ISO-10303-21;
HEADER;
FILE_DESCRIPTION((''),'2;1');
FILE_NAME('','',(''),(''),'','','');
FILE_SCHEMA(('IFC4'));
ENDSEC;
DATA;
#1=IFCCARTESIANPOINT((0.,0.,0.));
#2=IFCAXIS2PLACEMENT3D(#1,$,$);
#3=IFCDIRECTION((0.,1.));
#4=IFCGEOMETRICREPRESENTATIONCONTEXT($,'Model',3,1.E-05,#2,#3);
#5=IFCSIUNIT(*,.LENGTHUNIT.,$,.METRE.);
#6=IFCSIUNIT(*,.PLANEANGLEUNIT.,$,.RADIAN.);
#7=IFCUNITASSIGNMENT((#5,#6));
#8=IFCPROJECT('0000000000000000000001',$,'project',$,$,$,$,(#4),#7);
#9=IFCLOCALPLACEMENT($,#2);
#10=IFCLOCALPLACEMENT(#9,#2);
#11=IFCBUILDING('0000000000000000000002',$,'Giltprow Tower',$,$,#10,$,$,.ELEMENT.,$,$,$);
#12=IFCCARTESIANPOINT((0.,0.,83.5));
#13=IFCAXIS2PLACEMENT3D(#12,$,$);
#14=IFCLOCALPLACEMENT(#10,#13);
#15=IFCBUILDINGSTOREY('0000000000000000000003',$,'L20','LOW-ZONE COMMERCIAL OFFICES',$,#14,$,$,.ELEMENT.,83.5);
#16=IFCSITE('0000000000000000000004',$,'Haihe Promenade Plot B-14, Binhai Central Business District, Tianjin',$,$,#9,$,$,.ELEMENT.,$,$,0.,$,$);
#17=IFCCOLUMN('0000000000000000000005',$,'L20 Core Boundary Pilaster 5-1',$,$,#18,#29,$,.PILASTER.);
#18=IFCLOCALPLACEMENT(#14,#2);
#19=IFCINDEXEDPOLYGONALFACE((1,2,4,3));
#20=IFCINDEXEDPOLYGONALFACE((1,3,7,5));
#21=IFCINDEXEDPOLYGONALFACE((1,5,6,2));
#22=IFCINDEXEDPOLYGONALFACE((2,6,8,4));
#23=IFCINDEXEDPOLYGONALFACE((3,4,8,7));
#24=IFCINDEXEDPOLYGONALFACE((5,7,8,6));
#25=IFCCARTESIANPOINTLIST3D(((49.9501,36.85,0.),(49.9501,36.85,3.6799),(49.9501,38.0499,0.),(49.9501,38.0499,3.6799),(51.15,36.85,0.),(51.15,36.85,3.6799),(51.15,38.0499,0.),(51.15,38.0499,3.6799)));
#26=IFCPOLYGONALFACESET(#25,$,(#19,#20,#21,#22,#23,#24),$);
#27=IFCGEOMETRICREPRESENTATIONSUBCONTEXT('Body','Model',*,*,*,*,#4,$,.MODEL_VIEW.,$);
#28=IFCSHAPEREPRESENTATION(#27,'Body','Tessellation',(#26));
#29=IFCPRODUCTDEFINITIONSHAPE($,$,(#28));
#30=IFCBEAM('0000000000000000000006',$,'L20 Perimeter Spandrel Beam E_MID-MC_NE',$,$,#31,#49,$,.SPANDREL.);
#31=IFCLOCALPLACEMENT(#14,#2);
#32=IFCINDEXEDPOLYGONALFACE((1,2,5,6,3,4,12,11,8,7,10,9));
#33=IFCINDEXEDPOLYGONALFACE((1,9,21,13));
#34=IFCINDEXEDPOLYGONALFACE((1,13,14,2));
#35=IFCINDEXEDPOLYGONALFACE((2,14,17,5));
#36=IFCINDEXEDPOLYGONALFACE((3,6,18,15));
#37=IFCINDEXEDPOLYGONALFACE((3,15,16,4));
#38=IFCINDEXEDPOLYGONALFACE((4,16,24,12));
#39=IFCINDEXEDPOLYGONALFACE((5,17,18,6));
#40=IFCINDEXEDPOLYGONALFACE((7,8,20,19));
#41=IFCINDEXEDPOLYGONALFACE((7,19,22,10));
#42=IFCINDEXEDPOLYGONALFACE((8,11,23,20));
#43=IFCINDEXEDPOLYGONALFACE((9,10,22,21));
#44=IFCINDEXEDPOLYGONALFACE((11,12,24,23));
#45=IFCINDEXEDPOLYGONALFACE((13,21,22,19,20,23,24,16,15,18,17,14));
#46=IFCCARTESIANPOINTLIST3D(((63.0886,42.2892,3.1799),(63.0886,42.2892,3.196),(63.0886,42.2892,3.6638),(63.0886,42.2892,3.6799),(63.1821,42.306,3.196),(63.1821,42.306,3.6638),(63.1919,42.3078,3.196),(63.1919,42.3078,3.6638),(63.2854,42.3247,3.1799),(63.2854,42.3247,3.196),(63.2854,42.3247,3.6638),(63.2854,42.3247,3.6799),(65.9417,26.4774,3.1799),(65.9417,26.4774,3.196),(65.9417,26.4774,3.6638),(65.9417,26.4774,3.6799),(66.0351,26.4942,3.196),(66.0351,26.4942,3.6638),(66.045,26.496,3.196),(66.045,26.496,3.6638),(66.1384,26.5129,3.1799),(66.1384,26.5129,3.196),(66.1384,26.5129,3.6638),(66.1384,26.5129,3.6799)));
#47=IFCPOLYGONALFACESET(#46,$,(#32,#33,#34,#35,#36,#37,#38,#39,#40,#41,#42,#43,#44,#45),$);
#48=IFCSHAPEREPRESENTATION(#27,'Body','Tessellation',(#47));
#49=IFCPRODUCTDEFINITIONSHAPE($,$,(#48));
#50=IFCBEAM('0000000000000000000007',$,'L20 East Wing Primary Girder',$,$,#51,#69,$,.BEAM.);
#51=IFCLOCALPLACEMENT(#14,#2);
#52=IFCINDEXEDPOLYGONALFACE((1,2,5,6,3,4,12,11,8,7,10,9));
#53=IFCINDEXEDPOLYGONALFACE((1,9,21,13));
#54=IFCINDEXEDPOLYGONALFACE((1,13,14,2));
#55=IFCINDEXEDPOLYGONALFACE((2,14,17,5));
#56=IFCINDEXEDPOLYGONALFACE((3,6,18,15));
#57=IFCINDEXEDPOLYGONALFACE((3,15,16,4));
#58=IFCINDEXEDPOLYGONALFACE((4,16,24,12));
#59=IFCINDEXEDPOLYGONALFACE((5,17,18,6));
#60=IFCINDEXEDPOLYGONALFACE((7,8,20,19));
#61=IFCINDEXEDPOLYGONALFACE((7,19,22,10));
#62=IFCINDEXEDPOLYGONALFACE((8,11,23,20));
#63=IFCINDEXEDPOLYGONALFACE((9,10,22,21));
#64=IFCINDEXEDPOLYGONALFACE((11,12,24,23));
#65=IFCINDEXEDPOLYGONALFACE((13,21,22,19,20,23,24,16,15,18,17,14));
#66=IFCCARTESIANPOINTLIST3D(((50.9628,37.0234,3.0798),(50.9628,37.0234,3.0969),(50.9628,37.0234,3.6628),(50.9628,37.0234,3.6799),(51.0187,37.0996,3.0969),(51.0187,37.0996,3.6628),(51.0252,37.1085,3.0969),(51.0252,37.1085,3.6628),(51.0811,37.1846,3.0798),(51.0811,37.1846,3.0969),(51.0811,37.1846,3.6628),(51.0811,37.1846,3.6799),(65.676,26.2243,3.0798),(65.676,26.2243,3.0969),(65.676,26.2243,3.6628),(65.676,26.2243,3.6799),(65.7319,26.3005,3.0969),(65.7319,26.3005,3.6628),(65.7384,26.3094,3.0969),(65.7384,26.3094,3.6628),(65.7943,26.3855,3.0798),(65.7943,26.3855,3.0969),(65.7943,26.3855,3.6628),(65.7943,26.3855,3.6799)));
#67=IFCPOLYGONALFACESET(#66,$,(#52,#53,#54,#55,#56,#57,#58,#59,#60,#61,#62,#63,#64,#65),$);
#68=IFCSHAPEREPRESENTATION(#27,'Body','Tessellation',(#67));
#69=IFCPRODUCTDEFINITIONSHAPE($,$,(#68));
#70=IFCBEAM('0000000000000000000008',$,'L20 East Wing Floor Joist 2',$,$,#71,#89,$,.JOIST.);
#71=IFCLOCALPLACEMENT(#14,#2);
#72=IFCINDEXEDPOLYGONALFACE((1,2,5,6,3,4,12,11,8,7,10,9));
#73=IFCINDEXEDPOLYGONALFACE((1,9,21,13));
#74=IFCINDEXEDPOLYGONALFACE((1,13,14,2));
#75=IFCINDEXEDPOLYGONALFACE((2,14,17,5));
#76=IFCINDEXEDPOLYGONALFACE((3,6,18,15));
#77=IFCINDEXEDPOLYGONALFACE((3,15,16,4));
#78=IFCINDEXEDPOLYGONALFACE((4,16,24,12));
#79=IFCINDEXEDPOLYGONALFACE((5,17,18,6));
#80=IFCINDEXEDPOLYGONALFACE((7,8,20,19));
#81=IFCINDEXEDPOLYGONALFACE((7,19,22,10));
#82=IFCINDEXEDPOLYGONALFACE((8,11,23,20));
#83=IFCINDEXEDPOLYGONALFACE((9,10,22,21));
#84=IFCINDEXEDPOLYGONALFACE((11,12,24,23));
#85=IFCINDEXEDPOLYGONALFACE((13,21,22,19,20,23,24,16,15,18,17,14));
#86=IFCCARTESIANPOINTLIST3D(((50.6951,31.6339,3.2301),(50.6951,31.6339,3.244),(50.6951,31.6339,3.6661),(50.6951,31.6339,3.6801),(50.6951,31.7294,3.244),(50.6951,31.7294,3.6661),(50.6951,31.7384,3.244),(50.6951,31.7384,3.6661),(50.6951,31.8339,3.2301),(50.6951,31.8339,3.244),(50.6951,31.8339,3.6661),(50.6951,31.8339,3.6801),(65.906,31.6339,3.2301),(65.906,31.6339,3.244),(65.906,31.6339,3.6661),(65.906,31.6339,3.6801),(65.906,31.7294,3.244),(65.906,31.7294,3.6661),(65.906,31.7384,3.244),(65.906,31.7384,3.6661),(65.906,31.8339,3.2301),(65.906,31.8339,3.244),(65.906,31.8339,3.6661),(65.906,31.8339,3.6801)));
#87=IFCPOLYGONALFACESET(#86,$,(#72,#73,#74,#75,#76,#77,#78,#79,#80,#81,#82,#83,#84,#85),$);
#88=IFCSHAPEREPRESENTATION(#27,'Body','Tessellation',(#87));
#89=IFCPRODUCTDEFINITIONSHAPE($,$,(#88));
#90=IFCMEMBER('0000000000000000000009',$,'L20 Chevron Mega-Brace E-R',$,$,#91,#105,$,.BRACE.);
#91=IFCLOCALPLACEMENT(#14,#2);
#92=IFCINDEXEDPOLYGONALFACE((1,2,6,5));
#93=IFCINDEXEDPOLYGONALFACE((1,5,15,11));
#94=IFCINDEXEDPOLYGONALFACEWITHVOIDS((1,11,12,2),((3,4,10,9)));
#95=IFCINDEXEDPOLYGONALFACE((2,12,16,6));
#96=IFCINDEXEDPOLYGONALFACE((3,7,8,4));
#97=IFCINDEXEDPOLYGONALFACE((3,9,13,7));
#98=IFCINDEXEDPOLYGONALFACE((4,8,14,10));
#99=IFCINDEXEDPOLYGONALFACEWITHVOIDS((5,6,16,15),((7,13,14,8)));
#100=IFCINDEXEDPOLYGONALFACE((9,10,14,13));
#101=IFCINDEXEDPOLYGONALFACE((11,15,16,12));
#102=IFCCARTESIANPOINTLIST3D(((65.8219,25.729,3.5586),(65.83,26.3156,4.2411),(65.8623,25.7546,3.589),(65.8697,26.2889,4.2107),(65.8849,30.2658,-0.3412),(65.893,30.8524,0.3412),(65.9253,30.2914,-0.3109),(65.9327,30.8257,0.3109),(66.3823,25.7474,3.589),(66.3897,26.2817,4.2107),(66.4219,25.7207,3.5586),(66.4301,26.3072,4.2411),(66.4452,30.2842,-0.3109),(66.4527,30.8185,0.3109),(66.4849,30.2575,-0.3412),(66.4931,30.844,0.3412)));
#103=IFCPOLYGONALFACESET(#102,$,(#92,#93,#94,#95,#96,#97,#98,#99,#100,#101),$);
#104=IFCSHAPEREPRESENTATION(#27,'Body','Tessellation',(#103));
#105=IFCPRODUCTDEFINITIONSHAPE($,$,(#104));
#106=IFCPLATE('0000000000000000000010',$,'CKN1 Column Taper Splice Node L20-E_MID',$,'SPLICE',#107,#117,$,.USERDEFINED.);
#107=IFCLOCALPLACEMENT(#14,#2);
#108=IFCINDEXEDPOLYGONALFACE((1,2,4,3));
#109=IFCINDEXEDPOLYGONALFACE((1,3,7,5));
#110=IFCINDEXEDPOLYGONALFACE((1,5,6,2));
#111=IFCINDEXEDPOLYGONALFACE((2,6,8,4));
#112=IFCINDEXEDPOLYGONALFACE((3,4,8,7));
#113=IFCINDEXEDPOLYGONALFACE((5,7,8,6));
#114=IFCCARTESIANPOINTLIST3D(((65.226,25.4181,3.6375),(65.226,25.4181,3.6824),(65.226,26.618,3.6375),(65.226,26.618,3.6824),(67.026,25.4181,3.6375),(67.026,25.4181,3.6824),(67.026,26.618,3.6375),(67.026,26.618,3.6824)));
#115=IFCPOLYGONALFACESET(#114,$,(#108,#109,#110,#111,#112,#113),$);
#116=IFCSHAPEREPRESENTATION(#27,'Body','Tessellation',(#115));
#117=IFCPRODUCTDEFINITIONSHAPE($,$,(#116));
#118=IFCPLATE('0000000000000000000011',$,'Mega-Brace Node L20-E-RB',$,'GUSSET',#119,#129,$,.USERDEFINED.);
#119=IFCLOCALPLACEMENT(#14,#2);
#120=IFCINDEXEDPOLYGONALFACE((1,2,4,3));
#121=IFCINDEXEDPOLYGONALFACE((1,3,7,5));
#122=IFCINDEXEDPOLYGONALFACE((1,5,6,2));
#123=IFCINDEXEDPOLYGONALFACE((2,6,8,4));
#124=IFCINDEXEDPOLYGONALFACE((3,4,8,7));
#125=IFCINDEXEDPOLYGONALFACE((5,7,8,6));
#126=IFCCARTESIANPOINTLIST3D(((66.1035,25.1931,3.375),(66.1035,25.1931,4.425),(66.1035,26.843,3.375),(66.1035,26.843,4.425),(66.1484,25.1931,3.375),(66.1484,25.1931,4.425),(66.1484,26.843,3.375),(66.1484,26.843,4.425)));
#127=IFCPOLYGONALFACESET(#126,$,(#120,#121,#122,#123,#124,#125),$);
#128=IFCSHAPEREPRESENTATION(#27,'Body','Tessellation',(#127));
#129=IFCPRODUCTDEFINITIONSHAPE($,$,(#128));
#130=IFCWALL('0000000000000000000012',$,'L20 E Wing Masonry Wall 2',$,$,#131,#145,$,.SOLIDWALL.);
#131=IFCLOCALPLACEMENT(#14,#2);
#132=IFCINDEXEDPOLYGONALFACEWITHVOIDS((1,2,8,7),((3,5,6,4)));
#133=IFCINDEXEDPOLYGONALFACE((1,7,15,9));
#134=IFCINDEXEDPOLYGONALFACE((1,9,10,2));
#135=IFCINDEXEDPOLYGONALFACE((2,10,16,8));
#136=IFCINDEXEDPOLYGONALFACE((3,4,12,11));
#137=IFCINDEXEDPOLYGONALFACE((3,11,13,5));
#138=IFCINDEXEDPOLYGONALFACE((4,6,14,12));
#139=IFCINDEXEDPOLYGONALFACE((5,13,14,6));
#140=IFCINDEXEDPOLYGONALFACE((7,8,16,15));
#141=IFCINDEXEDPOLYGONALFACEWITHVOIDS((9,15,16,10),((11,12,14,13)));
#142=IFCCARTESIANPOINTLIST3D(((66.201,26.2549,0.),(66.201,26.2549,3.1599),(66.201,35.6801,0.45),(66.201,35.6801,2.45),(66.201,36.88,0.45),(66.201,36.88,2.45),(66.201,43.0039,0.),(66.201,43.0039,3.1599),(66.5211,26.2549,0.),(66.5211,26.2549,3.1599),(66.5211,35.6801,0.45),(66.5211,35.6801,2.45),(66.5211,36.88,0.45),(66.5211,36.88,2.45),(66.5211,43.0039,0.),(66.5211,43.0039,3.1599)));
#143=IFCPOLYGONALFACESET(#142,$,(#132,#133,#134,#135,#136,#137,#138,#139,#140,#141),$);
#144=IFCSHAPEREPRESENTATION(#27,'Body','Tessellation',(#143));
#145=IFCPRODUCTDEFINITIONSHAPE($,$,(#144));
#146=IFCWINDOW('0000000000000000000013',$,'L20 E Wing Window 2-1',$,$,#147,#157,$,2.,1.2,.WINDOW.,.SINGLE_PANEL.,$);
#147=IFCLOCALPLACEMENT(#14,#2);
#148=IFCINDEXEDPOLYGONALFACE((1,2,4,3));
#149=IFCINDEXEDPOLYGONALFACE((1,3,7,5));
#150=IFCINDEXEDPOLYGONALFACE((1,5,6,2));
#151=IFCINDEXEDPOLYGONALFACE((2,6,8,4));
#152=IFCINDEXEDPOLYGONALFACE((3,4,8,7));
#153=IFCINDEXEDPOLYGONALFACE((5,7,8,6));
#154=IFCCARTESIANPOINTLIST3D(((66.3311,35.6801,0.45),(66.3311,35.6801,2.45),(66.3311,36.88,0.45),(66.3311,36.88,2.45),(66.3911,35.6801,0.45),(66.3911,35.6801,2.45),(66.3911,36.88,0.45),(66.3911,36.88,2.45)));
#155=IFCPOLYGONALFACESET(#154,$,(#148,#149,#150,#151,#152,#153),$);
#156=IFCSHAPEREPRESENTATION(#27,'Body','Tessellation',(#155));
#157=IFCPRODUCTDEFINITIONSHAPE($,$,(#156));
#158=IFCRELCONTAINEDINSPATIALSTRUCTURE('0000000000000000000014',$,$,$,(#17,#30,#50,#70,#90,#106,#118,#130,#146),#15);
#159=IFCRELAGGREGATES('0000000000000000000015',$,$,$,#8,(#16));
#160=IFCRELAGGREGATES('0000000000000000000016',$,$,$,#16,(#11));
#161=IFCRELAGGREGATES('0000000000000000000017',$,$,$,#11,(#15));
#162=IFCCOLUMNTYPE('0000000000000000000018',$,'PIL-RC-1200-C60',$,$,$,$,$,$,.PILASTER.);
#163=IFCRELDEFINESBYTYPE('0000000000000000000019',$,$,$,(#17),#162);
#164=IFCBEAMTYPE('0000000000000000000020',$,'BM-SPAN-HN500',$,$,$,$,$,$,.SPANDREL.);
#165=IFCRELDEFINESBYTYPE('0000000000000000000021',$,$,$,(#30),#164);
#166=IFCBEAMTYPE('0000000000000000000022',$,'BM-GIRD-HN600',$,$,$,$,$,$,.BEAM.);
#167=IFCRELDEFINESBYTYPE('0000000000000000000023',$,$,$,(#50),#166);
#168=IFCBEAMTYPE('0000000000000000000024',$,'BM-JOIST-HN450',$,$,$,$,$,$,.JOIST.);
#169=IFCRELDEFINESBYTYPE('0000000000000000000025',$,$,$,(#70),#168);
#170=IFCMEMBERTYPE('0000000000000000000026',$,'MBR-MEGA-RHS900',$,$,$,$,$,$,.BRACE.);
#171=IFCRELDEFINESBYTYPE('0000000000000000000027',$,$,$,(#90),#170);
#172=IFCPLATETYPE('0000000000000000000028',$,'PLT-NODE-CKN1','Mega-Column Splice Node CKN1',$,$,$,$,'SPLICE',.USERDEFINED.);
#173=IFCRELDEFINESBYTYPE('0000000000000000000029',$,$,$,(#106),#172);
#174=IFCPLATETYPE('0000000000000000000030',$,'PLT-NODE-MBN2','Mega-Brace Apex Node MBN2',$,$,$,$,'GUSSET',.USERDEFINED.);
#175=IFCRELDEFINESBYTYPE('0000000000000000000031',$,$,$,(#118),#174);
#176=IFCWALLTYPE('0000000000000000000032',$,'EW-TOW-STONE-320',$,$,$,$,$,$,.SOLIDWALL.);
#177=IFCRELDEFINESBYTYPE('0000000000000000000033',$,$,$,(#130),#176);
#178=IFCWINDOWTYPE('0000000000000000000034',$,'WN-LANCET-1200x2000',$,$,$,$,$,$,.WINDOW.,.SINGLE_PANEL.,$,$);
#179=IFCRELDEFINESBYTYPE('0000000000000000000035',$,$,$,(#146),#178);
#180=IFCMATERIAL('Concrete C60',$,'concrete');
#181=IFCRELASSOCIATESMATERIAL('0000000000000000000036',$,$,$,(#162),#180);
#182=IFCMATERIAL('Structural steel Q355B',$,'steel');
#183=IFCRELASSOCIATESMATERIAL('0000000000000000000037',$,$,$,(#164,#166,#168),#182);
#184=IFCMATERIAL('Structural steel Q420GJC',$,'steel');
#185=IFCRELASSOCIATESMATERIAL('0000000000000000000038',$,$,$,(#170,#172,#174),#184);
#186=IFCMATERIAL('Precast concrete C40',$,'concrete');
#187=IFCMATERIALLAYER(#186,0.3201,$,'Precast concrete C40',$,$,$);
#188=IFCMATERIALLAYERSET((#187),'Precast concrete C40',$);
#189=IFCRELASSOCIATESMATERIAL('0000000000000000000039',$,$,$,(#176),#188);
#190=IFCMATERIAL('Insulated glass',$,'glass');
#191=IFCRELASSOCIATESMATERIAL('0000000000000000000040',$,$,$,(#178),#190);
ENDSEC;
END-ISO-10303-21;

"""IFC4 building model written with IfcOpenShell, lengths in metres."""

from ifc_helpers import new_model, si_unit, direction, frame, frame_2d, origin, origin_2d, place, context, subcontext, project, spatial, rectangle, hollow_rectangle, i_section, extrude, source, transform, mapped, material, layer, layer_set, material_profile, profile_set, type_object, element, fill, save


model = new_model("IFC4")

# Units and contexts
model_context = context("Model", 3, precision=1e-05, world=origin(), true_north=direction((0.0, 1.0)))
body_context = subcontext(model_context, "Body", "Model", "MODEL_VIEW")
ifc_project = project(units=[si_unit("LENGTHUNIT", "METRE"), si_unit("PLANEANGLEUNIT", "RADIAN")], contexts=[model_context])

# Site, building, storey
site_placement = place(None, origin())
site = spatial("IfcSite", under=ifc_project, at=site_placement, Name="Haihe Promenade Plot B-14, Binhai Central Business District, Tianjin", CompositionType="ELEMENT", RefElevation=0.0)
building_placement = place(site_placement, origin())
building = spatial("IfcBuilding", under=site, at=building_placement, Name="Giltprow Tower", CompositionType="ELEMENT")
storey_placement = place(building_placement, frame((0.0, 0.0, 83.5)))
storey = spatial("IfcBuildingStorey", under=building, at=storey_placement, Name="L20", Description="LOW-ZONE COMMERCIAL OFFICES", CompositionType="ELEMENT", Elevation=83.5)

# Column
ifc_material_1 = material(Name="Concrete C60", Category="concrete")
ifc_material_profile_1 = material_profile(ifc_material_1, rectangle(XDim=1.2, YDim=1.2, at=origin_2d()), Name="RC 1200x1200")
ifc_profile_set_1 = profile_set([ifc_material_profile_1], Name="Concrete C60")
column_type = type_object("IfcColumnType", Name="PIL-RC-1200-C60", PredefinedType="PILASTER", material=ifc_profile_set_1)
shared_shape_1 = source(origin(), body_context, "Body", "SweptSolid", [
    extrude(rectangle(XDim=1.2, YDim=1.2, at=origin_2d()), origin(), (0.0, 0.0, 1.0), 3.6799),
])
column_placement = place(storey_placement, frame((50.55, 37.45, 0.0), z_axis=(0.0, 0.0, 1.0), x_axis=(1.0, 0.0, 0.0)))
element("IfcColumn", 1, at=column_placement, inside=storey, type_object=column_type, Name="L20 Core Boundary Pilaster 5-1", PredefinedType="PILASTER", context=body_context, shape_type="MappedRepresentation", body=[
    mapped(shared_shape_1, transform((0.0, 0.0, 0.0), x_axis=(1.0, 0.0, 0.0), y_axis=(0.0, 1.0, 0.0), z_axis=(0.0, 0.0, 1.0), scale=1.0)),
])

# Beams
ifc_material_2 = material(Name="Structural steel Q355B", Category="steel")
ifc_material_profile_2 = material_profile(ifc_material_2, i_section(OverallWidth=0.2, OverallDepth=0.5, WebThickness=0.01, FlangeThickness=0.0161, at=origin_2d()), Name="HN 500x200x10x16")
ifc_profile_set_2 = profile_set([ifc_material_profile_2], Name="Structural steel Q355B")
beam_type_1 = type_object("IfcBeamType", Name="BM-SPAN-HN500", PredefinedType="SPANDREL", material=ifc_profile_set_2)
shared_shape_2 = source(origin(), body_context, "Body", "SweptSolid", [
    extrude(i_section(OverallWidth=0.2, OverallDepth=0.5, WebThickness=0.01, FlangeThickness=0.0161, at=origin_2d()), origin(), (0.0, 0.0, 1.0), 16.0671),
])
beam_1_placement = place(storey_placement, frame((66.04, 26.4951, 3.4299), z_axis=(-0.17757, 0.984108, 0.0), x_axis=(-0.984108, -0.17757, 0.0)))
element("IfcBeam", 2, at=beam_1_placement, inside=storey, type_object=beam_type_1, Name="L20 Perimeter Spandrel Beam E_MID-MC_NE", PredefinedType="SPANDREL", context=body_context, shape_type="MappedRepresentation", body=[
    mapped(shared_shape_2, transform((0.0, 0.0, 0.0), x_axis=(1.0, 0.0, 0.0), y_axis=(0.0, 1.0, 0.0), z_axis=(0.0, 0.0, 1.0), scale=1.0)),
])
ifc_material_profile_3 = material_profile(ifc_material_2, i_section(OverallWidth=0.2, OverallDepth=0.6001, WebThickness=0.011, FlangeThickness=0.0171, at=origin_2d()), Name="HN 600x200x11x17")
ifc_profile_set_3 = profile_set([ifc_material_profile_3], Name="Structural steel Q355B")
beam_type_2 = type_object("IfcBeamType", Name="BM-GIRD-HN600", PredefinedType="BEAM", material=ifc_profile_set_3)
shared_shape_3 = source(origin(), body_context, "Body", "SweptSolid", [
    extrude(i_section(OverallWidth=0.2, OverallDepth=0.6001, WebThickness=0.011, FlangeThickness=0.0171, at=origin_2d()), origin(), (0.0, 0.0, 1.0), 18.251),
])
beam_2_placement = place(storey_placement, frame((65.7351, 26.3049, 3.3799), z_axis=(-0.806158, 0.5917, 0.0), x_axis=(-0.5917, -0.806158, 0.0)))
element("IfcBeam", 3, at=beam_2_placement, inside=storey, type_object=beam_type_2, Name="L20 East Wing Primary Girder", PredefinedType="BEAM", context=body_context, shape_type="MappedRepresentation", body=[
    mapped(shared_shape_3, transform((0.0, 0.0, 0.0), x_axis=(1.0, 0.0, 0.0), y_axis=(0.0, 1.0, 0.0), z_axis=(0.0, 0.0, 1.0), scale=1.0)),
])
ifc_material_profile_4 = material_profile(ifc_material_2, i_section(OverallWidth=0.2, OverallDepth=0.45, WebThickness=0.009, FlangeThickness=0.0139, at=origin_2d()), Name="HN 450x200x9x14")
ifc_profile_set_4 = profile_set([ifc_material_profile_4], Name="Structural steel Q355B")
beam_type_3 = type_object("IfcBeamType", Name="BM-JOIST-HN450", PredefinedType="JOIST", material=ifc_profile_set_4)
shared_shape_4 = source(origin(), body_context, "Body", "SweptSolid", [
    extrude(i_section(OverallWidth=0.2, OverallDepth=0.45, WebThickness=0.009, FlangeThickness=0.0139, at=origin_2d()), origin(), (0.0, 0.0, 1.0), 15.2109),
])
beam_3_placement = place(storey_placement, frame((50.6951, 31.7339, 3.4551), z_axis=(1.0, 0.0, 0.0), x_axis=(0.0, 1.0, 0.0)))
element("IfcBeam", 4, at=beam_3_placement, inside=storey, type_object=beam_type_3, Name="L20 East Wing Floor Joist 2", PredefinedType="JOIST", context=body_context, shape_type="MappedRepresentation", body=[
    mapped(shared_shape_4, transform((0.0, 0.0, 0.0), x_axis=(1.0, 0.0, 0.0), y_axis=(0.0, 1.0, 0.0), z_axis=(0.0, 0.0, 1.0), scale=1.0)),
])

# Member
ifc_material_3 = material(Name="Structural steel Q420GJC", Category="steel")
ifc_material_profile_5 = material_profile(ifc_material_3, hollow_rectangle(XDim=0.6001, YDim=0.8999, WallThickness=0.04, at=origin_2d()), Name="RHS 900x600x40")
ifc_profile_set_5 = profile_set([ifc_material_profile_5], Name="Structural steel Q420GJC")
member_type = type_object("IfcMemberType", Name="MBR-MEGA-RHS900", PredefinedType="BRACE", material=ifc_profile_set_5)
shared_shape_5 = source(origin(), body_context, "Body", "SweptSolid", [
    extrude(hollow_rectangle(XDim=0.6001, YDim=0.8999, WallThickness=0.04, at=origin_2d()), origin(), (0.0, 0.0, 1.0), 5.9829),
])
member_placement = place(storey_placement, frame((66.189, 30.5549, 0.0), z_axis=(-0.010528, -0.758292, 0.65183), x_axis=(0.999904, -0.013882, 0.0)))
element("IfcMember", 5, at=member_placement, inside=storey, type_object=member_type, Name="L20 Chevron Mega-Brace E-R", PredefinedType="BRACE", context=body_context, shape_type="MappedRepresentation", body=[
    mapped(shared_shape_5, transform((0.0, 0.0, 0.0), x_axis=(1.0, 0.0, 0.0), y_axis=(0.0, 1.0, 0.0), z_axis=(0.0, 0.0, 1.0), scale=1.0)),
])

# Plates
plate_type_1 = type_object("IfcPlateType", Name="PLT-NODE-CKN1", Description="Mega-Column Splice Node CKN1", ElementType="SPLICE", PredefinedType="USERDEFINED", material=ifc_material_3)
shared_shape_6 = source(origin(), body_context, "Body", "SweptSolid", [
    extrude(rectangle(XDim=1.8, YDim=1.2, at=origin_2d()), origin(), (0.0, 0.0, 1.0), 0.0449),
])
plate_1_placement = place(storey_placement, frame((66.126, 26.0181, 3.6375), z_axis=(0.0, 0.0, 1.0), x_axis=(1.0, 0.0, 0.0)))
element("IfcPlate", 6, at=plate_1_placement, inside=storey, type_object=plate_type_1, Name="CKN1 Column Taper Splice Node L20-E_MID", ObjectType="SPLICE", PredefinedType="USERDEFINED", context=body_context, shape_type="MappedRepresentation", body=[
    mapped(shared_shape_6, transform((0.0, 0.0, 0.0), x_axis=(1.0, 0.0, 0.0), y_axis=(0.0, 1.0, 0.0), z_axis=(0.0, 0.0, 1.0), scale=1.0)),
])
plate_type_2 = type_object("IfcPlateType", Name="PLT-NODE-MBN2", Description="Mega-Brace Apex Node MBN2", ElementType="GUSSET", PredefinedType="USERDEFINED", material=ifc_material_3)
shared_shape_7 = source(origin(), body_context, "Body", "SweptSolid", [
    extrude(rectangle(XDim=1.6499, YDim=0.0449, at=origin_2d()), origin(), (0.0, 0.0, 1.0), 1.05),
])
plate_2_placement = place(storey_placement, frame((66.126, 26.0181, 3.375), z_axis=(0.0, 0.0, 1.0), x_axis=(0.0, 1.0, 0.0)))
element("IfcPlate", 7, at=plate_2_placement, inside=storey, type_object=plate_type_2, Name="Mega-Brace Node L20-E-RB", ObjectType="GUSSET", PredefinedType="USERDEFINED", context=body_context, shape_type="MappedRepresentation", body=[
    mapped(shared_shape_7, transform((0.0, 0.0, 0.0), x_axis=(1.0, 0.0, 0.0), y_axis=(0.0, 1.0, 0.0), z_axis=(0.0, 0.0, 1.0), scale=1.0)),
])

# Wall, opening, window
ifc_material_4 = material(Name="Precast concrete C40", Category="concrete")
ifc_layer_1 = layer(ifc_material_4, 0.3201, Name="Precast concrete C40")
ifc_layer_set_1 = layer_set([ifc_layer_1], Name="Precast concrete C40")
wall_type_1 = type_object("IfcWallType", Name="EW-TOW-STONE-320", PredefinedType="SOLIDWALL", material=ifc_layer_set_1)
wall_1_placement = place(storey_placement, frame((66.3611, 26.2549, 0.0), z_axis=(0.0, 0.0, 1.0), x_axis=(0.0, 1.0, 0.0)))
wall_1 = element("IfcWall", 8, at=wall_1_placement, inside=storey, type_object=wall_type_1, Name="L20 E Wing Masonry Wall 2", PredefinedType="SOLIDWALL", context=body_context, shape_type="SweptSolid", body=[
    extrude(rectangle(XDim=16.749, YDim=0.3201, at=frame_2d((8.3745, 0.0))), origin(), (0.0, 0.0, 1.0), 3.1599),
])
opening_1_placement = place(wall_1_placement, frame((9.425, 0.0, 0.45)))
opening_1 = element("IfcOpeningElement", 9, at=opening_1_placement, cuts=wall_1, PredefinedType="OPENING", context=body_context, shape_type="SweptSolid", body=[
    extrude(rectangle(XDim=1.2, YDim=2.0, at=frame_2d((0.6001, 1.0))), frame((0.0, 0.1699, 0.0), z_axis=(0.0, -1.0, 0.0), x_axis=(1.0, 0.0, 0.0)), (0.0, 0.0, 1.0), 0.3401),
])
ifc_material_5 = material(Name="Insulated glass", Category="glass")
window_type = type_object("IfcWindowType", Name="WN-LANCET-1200x2000", PartitioningType="SINGLE_PANEL", PredefinedType="WINDOW", material=ifc_material_5)
shared_shape_8 = source(origin(), body_context, "Body", "SweptSolid", [
    extrude(rectangle(XDim=1.2, YDim=2.0, at=frame_2d((0.6001, 1.0))), frame((0.0, 0.03, 0.0), z_axis=(0.0, -1.0, 0.0), x_axis=(1.0, 0.0, 0.0)), (0.0, 0.0, 1.0), 0.0601),
])
window_placement = place(opening_1_placement, origin())
window = element("IfcWindow", 10, at=window_placement, inside=storey, type_object=window_type, Name="L20 E Wing Window 2-1", OverallHeight=2.0, OverallWidth=1.2, PartitioningType="SINGLE_PANEL", PredefinedType="WINDOW", context=body_context, shape_type="MappedRepresentation", body=[
    mapped(shared_shape_8, transform((0.0, 0.0, 0.0), x_axis=(1.0, 0.0, 0.0), y_axis=(0.0, 1.0, 0.0), z_axis=(0.0, 0.0, 1.0), scale=1.0)),
])
fill(opening_1, window)

save(model, "model.ifc")
